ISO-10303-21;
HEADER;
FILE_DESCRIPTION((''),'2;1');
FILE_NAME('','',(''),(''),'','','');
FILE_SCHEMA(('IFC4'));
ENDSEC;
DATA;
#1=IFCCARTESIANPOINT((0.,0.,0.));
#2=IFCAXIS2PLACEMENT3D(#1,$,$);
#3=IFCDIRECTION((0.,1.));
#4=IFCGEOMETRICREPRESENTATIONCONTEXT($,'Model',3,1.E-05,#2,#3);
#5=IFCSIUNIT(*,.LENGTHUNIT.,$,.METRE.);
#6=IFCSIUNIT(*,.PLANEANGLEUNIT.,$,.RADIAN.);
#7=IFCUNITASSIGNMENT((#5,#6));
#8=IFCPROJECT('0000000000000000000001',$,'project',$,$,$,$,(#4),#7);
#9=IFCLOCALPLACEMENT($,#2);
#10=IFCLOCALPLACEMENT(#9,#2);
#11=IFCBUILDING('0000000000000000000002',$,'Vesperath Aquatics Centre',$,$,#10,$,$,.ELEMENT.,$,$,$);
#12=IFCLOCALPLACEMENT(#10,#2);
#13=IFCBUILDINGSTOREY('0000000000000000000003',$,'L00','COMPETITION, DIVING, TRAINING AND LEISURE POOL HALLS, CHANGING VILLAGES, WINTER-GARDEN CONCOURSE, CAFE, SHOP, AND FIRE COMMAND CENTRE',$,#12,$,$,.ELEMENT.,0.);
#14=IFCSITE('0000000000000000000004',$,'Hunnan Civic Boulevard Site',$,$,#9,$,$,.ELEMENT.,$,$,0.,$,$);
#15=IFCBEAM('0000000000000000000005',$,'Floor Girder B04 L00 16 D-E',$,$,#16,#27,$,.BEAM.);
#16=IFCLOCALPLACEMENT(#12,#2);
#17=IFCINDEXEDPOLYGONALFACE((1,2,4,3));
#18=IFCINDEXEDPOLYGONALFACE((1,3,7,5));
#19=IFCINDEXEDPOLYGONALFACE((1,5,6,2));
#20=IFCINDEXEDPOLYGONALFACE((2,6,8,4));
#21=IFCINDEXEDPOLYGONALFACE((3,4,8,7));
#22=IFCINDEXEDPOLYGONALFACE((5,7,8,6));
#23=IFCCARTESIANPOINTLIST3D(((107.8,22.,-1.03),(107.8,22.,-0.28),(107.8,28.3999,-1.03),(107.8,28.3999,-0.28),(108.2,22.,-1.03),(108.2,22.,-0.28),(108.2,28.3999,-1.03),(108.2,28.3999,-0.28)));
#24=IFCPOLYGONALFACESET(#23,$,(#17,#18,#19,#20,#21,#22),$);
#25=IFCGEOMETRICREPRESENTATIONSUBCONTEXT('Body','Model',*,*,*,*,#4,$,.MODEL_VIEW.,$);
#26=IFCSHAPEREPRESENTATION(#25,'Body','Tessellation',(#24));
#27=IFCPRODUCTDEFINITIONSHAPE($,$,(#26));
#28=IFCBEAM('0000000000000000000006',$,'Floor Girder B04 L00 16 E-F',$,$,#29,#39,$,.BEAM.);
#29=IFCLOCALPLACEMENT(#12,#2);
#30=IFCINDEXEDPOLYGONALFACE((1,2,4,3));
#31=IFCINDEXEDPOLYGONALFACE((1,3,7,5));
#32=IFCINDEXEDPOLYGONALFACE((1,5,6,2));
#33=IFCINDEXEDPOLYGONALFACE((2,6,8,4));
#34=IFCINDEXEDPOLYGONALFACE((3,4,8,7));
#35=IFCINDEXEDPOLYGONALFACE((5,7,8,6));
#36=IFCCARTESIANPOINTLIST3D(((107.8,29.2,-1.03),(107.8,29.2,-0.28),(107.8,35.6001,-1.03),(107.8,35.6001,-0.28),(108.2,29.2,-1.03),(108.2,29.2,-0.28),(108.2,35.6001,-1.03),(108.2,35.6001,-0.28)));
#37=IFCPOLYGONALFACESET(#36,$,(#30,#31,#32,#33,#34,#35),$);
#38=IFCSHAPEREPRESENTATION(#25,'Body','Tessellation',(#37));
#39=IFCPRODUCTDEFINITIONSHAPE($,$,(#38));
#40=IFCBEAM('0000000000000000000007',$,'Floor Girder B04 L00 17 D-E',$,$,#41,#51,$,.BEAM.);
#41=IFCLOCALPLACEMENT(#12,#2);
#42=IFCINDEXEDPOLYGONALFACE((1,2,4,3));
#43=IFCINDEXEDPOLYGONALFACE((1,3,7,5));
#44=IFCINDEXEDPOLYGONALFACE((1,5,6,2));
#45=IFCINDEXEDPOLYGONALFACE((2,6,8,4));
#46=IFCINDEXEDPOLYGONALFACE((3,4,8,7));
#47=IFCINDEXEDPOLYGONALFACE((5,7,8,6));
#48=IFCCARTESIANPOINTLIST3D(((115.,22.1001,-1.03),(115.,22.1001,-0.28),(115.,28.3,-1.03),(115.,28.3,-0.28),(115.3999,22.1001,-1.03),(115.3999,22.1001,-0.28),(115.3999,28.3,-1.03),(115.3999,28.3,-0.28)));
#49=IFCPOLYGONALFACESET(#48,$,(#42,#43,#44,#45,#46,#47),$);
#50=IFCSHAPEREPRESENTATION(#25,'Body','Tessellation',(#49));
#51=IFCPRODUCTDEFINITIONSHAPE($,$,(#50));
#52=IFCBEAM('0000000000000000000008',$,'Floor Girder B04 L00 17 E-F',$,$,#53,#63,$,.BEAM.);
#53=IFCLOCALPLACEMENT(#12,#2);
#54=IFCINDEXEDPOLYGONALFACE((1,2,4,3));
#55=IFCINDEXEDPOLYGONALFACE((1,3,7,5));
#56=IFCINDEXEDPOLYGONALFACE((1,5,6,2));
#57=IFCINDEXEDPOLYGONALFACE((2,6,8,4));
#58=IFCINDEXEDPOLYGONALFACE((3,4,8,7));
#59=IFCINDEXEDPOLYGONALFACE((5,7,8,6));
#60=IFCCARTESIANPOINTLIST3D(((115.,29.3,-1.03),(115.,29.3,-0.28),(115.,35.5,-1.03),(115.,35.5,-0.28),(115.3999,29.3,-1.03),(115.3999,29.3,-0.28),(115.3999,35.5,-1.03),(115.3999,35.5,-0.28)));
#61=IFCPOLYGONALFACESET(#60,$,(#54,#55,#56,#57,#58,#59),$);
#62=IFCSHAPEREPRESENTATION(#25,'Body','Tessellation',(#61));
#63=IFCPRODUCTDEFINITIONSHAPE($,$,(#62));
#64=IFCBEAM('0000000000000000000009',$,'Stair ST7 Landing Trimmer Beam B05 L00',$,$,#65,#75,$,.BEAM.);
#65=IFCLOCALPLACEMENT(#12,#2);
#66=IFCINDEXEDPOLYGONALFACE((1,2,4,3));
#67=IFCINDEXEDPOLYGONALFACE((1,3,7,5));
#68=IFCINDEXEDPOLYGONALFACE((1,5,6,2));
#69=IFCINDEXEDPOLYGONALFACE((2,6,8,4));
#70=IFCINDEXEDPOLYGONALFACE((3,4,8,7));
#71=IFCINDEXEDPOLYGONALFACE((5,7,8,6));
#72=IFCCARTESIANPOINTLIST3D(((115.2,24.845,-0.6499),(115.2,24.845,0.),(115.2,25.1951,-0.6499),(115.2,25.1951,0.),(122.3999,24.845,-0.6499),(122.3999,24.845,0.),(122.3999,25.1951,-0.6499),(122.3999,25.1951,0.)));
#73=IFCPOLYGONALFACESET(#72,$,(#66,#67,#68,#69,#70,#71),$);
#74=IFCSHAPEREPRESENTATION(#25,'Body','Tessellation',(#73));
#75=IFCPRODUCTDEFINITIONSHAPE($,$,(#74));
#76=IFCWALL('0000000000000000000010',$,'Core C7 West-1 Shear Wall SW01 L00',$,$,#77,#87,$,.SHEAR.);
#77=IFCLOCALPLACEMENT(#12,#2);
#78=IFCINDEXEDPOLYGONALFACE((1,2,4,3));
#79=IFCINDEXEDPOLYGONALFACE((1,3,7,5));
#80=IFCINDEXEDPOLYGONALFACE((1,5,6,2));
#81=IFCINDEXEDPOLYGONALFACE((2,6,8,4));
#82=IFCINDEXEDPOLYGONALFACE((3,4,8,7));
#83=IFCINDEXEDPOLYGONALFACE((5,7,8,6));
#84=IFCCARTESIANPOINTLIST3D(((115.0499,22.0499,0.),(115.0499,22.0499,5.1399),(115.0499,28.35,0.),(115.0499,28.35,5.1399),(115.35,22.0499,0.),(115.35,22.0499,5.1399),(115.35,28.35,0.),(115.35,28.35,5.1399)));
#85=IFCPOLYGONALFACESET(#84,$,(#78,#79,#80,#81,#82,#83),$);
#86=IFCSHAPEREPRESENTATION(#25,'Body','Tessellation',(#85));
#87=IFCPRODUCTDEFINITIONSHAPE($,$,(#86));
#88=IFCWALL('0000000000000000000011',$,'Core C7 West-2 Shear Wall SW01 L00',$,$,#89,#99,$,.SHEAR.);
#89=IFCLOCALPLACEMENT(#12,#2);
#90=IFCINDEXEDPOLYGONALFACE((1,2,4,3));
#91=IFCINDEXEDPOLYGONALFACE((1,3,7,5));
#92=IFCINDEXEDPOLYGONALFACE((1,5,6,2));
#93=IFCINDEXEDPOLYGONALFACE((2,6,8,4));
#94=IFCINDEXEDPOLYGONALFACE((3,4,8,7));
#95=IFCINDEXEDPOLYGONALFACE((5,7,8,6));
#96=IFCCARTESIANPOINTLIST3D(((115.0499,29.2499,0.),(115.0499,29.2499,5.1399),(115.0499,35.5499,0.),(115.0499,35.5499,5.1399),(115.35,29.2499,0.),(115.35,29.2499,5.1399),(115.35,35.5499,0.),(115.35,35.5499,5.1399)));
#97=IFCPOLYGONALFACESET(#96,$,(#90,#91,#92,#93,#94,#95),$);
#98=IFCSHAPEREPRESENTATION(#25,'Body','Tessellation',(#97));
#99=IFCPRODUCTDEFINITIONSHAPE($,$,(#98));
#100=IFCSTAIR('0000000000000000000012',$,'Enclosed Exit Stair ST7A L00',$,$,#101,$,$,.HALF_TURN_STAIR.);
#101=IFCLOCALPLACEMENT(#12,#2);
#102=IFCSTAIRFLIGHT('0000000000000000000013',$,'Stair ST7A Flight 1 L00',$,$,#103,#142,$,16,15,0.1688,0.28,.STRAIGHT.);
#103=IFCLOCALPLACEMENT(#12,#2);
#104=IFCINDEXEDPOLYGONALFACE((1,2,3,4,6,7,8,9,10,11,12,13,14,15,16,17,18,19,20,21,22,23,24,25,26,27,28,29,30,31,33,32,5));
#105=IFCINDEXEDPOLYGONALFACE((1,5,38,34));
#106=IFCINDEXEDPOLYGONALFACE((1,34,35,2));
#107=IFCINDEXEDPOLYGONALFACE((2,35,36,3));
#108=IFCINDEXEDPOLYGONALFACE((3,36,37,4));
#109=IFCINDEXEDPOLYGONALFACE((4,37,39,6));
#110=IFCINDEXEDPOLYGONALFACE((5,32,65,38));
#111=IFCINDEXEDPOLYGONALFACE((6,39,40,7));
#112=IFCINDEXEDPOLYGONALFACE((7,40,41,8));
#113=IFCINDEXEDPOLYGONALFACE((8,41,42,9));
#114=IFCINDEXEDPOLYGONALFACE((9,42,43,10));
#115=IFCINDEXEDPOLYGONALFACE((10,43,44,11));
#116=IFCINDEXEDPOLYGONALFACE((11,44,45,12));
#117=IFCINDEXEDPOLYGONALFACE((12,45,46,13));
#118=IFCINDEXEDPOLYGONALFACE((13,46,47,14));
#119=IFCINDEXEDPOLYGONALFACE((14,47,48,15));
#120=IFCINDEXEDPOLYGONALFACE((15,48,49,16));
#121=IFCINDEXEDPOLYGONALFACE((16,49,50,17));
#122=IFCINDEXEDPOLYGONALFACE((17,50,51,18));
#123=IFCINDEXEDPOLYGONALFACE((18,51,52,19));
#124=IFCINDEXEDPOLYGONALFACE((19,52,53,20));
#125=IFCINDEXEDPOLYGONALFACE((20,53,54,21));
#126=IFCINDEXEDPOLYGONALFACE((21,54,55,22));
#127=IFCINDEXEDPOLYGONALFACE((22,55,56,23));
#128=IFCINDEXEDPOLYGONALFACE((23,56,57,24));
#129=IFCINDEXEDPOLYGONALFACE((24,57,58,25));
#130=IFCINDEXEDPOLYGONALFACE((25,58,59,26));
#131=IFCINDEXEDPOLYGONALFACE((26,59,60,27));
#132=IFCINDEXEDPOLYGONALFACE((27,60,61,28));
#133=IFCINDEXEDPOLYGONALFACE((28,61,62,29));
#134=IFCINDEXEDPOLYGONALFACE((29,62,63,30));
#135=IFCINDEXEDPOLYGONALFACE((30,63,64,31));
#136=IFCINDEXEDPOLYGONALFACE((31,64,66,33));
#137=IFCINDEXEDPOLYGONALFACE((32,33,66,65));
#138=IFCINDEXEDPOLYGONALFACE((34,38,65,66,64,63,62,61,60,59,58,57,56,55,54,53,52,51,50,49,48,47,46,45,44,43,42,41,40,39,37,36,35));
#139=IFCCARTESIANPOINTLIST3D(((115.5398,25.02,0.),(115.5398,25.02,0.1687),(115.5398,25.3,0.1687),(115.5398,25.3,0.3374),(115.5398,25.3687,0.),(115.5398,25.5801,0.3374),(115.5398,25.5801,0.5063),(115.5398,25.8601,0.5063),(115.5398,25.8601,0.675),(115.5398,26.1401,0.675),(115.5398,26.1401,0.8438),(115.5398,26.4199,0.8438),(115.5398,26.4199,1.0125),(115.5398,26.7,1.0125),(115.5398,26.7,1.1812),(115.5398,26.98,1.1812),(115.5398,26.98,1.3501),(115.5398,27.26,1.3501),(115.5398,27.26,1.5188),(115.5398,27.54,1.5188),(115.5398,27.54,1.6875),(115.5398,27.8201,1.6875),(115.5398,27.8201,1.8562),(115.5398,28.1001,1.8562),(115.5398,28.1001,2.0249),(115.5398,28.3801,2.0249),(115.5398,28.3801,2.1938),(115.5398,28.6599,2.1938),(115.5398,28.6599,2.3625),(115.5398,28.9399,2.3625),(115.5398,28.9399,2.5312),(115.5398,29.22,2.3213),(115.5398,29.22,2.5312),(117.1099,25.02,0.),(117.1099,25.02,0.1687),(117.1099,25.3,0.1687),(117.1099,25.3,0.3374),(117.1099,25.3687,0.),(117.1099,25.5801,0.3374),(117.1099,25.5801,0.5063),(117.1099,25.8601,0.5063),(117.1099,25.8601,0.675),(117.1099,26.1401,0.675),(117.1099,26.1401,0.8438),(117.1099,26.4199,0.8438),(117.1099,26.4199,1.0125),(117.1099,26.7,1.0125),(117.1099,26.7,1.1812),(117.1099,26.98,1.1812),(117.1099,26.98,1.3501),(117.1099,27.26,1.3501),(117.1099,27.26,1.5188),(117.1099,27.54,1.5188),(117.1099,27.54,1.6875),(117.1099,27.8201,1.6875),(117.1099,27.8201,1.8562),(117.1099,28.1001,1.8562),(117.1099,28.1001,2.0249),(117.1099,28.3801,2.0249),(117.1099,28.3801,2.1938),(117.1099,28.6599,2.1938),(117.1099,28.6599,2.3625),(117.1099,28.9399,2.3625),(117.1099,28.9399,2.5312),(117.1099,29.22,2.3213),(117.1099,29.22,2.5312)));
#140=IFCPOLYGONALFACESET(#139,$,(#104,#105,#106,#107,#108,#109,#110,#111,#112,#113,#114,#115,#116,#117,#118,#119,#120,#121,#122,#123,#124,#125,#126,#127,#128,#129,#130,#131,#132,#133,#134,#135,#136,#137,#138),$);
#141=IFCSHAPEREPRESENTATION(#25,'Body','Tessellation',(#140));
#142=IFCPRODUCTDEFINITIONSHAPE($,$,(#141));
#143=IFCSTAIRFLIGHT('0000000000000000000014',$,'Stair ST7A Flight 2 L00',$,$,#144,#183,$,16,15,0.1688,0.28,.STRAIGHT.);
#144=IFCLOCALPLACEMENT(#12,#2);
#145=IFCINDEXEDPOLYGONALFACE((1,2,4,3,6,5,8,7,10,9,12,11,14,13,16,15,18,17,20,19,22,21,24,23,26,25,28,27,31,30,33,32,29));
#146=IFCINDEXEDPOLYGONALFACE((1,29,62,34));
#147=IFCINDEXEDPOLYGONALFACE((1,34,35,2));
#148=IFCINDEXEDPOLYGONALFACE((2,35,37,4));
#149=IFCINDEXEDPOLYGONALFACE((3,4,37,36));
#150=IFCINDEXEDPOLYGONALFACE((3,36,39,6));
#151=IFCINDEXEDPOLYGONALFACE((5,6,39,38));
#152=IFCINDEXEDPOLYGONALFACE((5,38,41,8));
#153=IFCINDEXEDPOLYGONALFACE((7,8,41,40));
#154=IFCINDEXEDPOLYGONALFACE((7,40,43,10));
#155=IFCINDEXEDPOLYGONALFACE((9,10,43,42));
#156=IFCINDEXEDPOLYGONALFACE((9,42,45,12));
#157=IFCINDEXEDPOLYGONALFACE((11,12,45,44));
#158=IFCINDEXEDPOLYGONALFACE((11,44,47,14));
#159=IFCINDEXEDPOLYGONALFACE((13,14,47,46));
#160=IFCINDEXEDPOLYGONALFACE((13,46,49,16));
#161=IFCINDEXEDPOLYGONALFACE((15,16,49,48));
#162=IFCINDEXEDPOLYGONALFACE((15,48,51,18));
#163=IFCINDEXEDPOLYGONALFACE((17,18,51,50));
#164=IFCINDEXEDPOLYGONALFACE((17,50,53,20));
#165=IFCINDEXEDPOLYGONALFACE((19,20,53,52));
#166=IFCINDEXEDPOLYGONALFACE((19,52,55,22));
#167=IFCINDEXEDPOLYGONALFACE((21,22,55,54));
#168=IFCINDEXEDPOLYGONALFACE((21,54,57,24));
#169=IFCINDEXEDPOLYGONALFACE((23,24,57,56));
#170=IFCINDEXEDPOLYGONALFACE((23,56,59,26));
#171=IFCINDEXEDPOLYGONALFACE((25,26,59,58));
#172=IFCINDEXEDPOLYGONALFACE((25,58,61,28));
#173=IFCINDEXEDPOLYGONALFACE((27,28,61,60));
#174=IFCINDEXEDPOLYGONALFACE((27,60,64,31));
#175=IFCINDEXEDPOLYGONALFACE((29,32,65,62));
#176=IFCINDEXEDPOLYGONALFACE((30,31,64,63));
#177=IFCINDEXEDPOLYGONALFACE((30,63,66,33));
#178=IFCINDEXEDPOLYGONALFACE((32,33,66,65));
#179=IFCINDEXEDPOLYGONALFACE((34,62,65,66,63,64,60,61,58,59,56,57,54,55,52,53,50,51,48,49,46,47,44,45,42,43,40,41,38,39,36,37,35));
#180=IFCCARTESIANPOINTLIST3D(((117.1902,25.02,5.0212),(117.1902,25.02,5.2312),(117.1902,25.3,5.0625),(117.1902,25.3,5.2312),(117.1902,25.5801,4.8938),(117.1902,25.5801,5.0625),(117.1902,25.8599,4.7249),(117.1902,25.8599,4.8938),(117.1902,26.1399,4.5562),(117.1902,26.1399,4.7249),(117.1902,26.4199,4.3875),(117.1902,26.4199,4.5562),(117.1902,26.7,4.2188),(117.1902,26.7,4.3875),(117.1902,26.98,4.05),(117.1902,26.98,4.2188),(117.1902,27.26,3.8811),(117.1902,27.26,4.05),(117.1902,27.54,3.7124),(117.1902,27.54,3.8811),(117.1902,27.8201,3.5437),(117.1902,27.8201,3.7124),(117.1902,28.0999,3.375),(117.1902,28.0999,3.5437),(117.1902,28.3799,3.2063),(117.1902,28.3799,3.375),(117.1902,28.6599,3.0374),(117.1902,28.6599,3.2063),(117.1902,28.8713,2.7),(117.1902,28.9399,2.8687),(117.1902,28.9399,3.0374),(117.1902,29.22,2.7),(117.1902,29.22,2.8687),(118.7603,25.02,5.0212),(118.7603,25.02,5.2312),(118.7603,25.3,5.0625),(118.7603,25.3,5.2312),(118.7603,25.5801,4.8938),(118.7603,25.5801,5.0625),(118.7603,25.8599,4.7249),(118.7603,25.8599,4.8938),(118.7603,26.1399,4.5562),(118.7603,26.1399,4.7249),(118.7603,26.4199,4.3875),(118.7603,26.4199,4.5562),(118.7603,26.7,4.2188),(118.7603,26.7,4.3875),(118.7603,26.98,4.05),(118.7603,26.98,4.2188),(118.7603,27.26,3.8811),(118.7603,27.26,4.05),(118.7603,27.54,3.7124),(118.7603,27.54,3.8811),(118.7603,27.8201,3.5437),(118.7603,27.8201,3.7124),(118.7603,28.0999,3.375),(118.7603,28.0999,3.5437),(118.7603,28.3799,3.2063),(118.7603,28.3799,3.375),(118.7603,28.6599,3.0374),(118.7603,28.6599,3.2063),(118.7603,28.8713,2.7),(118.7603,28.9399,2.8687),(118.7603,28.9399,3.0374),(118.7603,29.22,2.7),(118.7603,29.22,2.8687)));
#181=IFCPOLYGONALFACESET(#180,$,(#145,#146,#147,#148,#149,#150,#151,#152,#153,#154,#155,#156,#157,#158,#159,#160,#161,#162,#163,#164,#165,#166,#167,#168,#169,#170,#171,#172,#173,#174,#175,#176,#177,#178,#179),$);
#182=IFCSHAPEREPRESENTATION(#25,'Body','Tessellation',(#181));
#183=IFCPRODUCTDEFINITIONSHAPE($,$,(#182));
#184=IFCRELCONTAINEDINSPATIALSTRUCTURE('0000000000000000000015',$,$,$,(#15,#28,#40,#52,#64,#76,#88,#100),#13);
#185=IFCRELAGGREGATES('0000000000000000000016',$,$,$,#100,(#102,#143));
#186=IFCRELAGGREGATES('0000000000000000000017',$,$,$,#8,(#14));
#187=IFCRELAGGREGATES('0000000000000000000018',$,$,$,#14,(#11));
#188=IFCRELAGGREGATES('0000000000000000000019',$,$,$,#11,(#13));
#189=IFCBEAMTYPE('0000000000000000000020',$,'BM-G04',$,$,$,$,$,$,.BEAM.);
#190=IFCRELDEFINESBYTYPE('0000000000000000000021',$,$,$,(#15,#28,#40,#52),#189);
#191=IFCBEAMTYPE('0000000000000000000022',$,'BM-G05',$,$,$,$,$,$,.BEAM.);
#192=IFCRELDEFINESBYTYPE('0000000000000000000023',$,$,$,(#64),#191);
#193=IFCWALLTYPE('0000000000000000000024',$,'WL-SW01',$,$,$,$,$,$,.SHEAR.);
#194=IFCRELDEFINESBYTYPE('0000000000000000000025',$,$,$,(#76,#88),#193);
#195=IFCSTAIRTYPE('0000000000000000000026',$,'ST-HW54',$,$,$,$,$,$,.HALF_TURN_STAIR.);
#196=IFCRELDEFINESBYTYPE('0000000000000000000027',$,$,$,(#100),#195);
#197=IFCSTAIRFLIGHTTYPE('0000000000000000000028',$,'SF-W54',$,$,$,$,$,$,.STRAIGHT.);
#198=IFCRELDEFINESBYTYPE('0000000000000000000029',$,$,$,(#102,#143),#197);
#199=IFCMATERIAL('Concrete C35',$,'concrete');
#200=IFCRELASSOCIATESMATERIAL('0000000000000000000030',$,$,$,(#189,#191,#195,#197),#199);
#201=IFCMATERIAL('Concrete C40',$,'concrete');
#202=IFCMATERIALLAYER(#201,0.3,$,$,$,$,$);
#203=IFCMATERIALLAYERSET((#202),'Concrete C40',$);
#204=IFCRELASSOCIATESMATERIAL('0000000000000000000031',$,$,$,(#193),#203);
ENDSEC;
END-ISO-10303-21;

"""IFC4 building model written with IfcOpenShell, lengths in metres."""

from ifc_helpers import new_model, si_unit, direction, frame, frame_2d, origin, origin_2d, place, context, subcontext, project, spatial, polyline, rectangle, outline, extrude, material, layer, layer_set, material_profile, profile_set, type_object, element, aggregate, save


model = new_model("IFC4")

# Units and contexts
model_context = context("Model", 3, precision=1e-05, world=origin(), true_north=direction((0.0, 1.0)))
body_context = subcontext(model_context, "Body", "Model", "MODEL_VIEW")
ifc_project = project(units=[si_unit("LENGTHUNIT", "METRE"), si_unit("PLANEANGLEUNIT", "RADIAN")], contexts=[model_context])

# Site, building, storey
site_placement = place(None, origin())
site = spatial("IfcSite", under=ifc_project, at=site_placement, Name="Hunnan Civic Boulevard Site", CompositionType="ELEMENT", RefElevation=0.0)
building_placement = place(site_placement, origin())
building = spatial("IfcBuilding", under=site, at=building_placement, Name="Vesperath Aquatics Centre", CompositionType="ELEMENT")
storey_placement = place(building_placement, origin())
storey = spatial("IfcBuildingStorey", under=building, at=storey_placement, Name="L00", Description="COMPETITION, DIVING, TRAINING AND LEISURE POOL HALLS, CHANGING VILLAGES, WINTER-GARDEN CONCOURSE, CAFE, SHOP, AND FIRE COMMAND CENTRE", CompositionType="ELEMENT", Elevation=0.0)

# Shared definitions
ifc_material_1 = material(Name="Concrete C40", Category="concrete")

# Beams
ifc_material_2 = material(Name="Concrete C35", Category="concrete")
ifc_material_profile_1 = material_profile(ifc_material_2, rectangle(XDim=0.3999, YDim=0.75, at=origin_2d()), Name="RC 400x750")
ifc_profile_set_1 = profile_set([ifc_material_profile_1], Name="Concrete C35")
beam_type_1 = type_object("IfcBeamType", Name="BM-G04", PredefinedType="BEAM", material=ifc_profile_set_1)
beam_1_placement = place(storey_placement, frame((108.0, 22.0, -0.655), z_axis=(0.0, 1.0, 0.0), x_axis=(-1.0, 0.0, 0.0)))
element("IfcBeam", 1, at=beam_1_placement, inside=storey, type_object=beam_type_1, Name="Floor Girder B04 L00 16 D-E", PredefinedType="BEAM", context=body_context, shape_type="SweptSolid", body=[
    extrude(rectangle(XDim=0.3999, YDim=0.75, at=origin_2d()), origin(), (0.0, 0.0, 1.0), 6.3999),
])
beam_2_placement = place(storey_placement, frame((108.0, 29.2, -0.655), z_axis=(0.0, 1.0, 0.0), x_axis=(-1.0, 0.0, 0.0)))
element("IfcBeam", 2, at=beam_2_placement, inside=storey, type_object=beam_type_1, Name="Floor Girder B04 L00 16 E-F", PredefinedType="BEAM", context=body_context, shape_type="SweptSolid", body=[
    extrude(rectangle(XDim=0.3999, YDim=0.75, at=origin_2d()), origin(), (0.0, 0.0, 1.0), 6.4001),
])
for number, where, z_axis, x_axis, name in (
    (3, (115.2, 22.1001, -0.655), (0.0, 1.0, 0.0), (-1.0, 0.0, 0.0), "Floor Girder B04 L00 17 D-E"),
    (4, (115.2, 29.3, -0.655), (0.0, 1.0, 0.0), (-1.0, 0.0, 0.0), "Floor Girder B04 L00 17 E-F"),
):
    element("IfcBeam", number, at=place(storey_placement, frame(where, z_axis=z_axis, x_axis=x_axis)), inside=storey, type_object=beam_type_1, Name=name, PredefinedType="BEAM", context=body_context, shape_type="SweptSolid", body=[
        extrude(rectangle(XDim=0.3999, YDim=0.75, at=origin_2d()), origin(), (0.0, 0.0, 1.0), 6.2),
    ])
ifc_material_profile_2 = material_profile(ifc_material_2, rectangle(XDim=0.3501, YDim=0.6499, at=origin_2d()), Name="RC 350x650")
ifc_profile_set_2 = profile_set([ifc_material_profile_2], Name="Concrete C35")
beam_type_2 = type_object("IfcBeamType", Name="BM-G05", PredefinedType="BEAM", material=ifc_profile_set_2)
beam_3_placement = place(storey_placement, frame((115.2, 25.02, -0.325), z_axis=(1.0, 0.0, 0.0), x_axis=(0.0, 1.0, 0.0)))
element("IfcBeam", 5, at=beam_3_placement, inside=storey, type_object=beam_type_2, Name="Stair ST7 Landing Trimmer Beam B05 L00", PredefinedType="BEAM", context=body_context, shape_type="SweptSolid", body=[
    extrude(rectangle(XDim=0.3501, YDim=0.6499, at=origin_2d()), origin(), (0.0, 0.0, 1.0), 7.2),
])

# Walls
ifc_layer = layer(ifc_material_1, 0.3)
ifc_layer_set = layer_set([ifc_layer], Name="Concrete C40")
wall_type = type_object("IfcWallType", Name="WL-SW01", PredefinedType="SHEAR", material=ifc_layer_set)
for number, where, z_axis, x_axis, name in (
    (6, (115.2, 22.05, 0.0), (0.0, 0.0, 1.0), (0.0, 1.0, 0.0), "Core C7 West-1 Shear Wall SW01 L00"),
    (7, (115.2, 29.25, 0.0), (0.0, 0.0, 1.0), (0.0, 1.0, 0.0), "Core C7 West-2 Shear Wall SW01 L00"),
):
    element("IfcWall", number, at=place(storey_placement, frame(where, z_axis=z_axis, x_axis=x_axis)), inside=storey, type_object=wall_type, Name=name, PredefinedType="SHEAR", context=body_context, shape_type="SweptSolid", body=[
        extrude(rectangle(XDim=6.3, YDim=0.3, at=frame_2d((3.1499, 0.0))), origin(), (0.0, 0.0, 1.0), 5.1399),
    ])

# Stair, stair flights
stair_type = type_object("IfcStairType", Name="ST-HW54", PredefinedType="HALF_TURN_STAIR", material=ifc_material_2)
stair_placement = place(storey_placement, origin())
stair = element("IfcStair", 8, at=stair_placement, inside=storey, type_object=stair_type, Name="Enclosed Exit Stair ST7A L00", PredefinedType="HALF_TURN_STAIR")
stair_flight_type = type_object("IfcStairFlightType", Name="SF-W54", PredefinedType="STRAIGHT", material=ifc_material_2)
stair_flight_1_placement = place(storey_placement, frame((116.325, 25.02, 0.0), z_axis=(0.0, 0.0, 1.0), x_axis=(0.0, 1.0, 0.0)))
stair_flight_1 = element("IfcStairFlight", 9, at=stair_flight_1_placement, type_object=stair_flight_type, Name="Stair ST7A Flight 1 L00", NumberOfRisers=16, NumberOfTreads=15, PredefinedType="STRAIGHT", RiserHeight=0.1688, TreadLength=0.28, context=body_context, shape_type="SweptSolid", body=[
    extrude(outline(polyline([(0.0, 0.0), (0.0, 0.1687), (0.28, 0.1687), (0.28, 0.3374), (0.5601, 0.3374), (0.5601, 0.5063), (0.8401, 0.5063), (0.8401, 0.675), (1.1201, 0.675), (1.1201, 0.8438), (1.3999, 0.8438), (1.3999, 1.0125), (1.6799, 1.0125), (1.6799, 1.1812), (1.96, 1.1812), (1.96, 1.3501), (2.24, 1.3501), (2.24, 1.5188), (2.52, 1.5188), (2.52, 1.6875), (2.8, 1.6875), (2.8, 1.8562), (3.0801, 1.8562), (3.0801, 2.0249), (3.3601, 2.0249), (3.3601, 2.1938), (3.6399, 2.1938), (3.6399, 2.3625), (3.9199, 2.3625), (3.9199, 2.5312), (4.2, 2.5312), (4.2, 2.7), (4.2, 2.3213), (0.3486, 0.0), (0.0, 0.0)])), frame((0.0, 0.7852, 0.0), z_axis=(0.0, -1.0, 0.0), x_axis=(1.0, 0.0, 0.0)), (0.0, 0.0, 1.0), 1.5701),
])
stair_flight_2_placement = place(storey_placement, frame((117.9751, 29.22, 2.7), z_axis=(0.0, 0.0, 1.0), x_axis=(0.0, -1.0, 0.0)))
stair_flight_2 = element("IfcStairFlight", 10, at=stair_flight_2_placement, type_object=stair_flight_type, Name="Stair ST7A Flight 2 L00", NumberOfRisers=16, NumberOfTreads=15, PredefinedType="STRAIGHT", RiserHeight=0.1688, TreadLength=0.28, context=body_context, shape_type="SweptSolid", body=[
    extrude(outline(polyline([(0.0, 0.0), (0.0, 0.1687), (0.28, 0.1687), (0.28, 0.3374), (0.5601, 0.3374), (0.5601, 0.5063), (0.8401, 0.5063), (0.8401, 0.675), (1.1201, 0.675), (1.1201, 0.8438), (1.3999, 0.8438), (1.3999, 1.0125), (1.6799, 1.0125), (1.6799, 1.1812), (1.96, 1.1812), (1.96, 1.3501), (2.24, 1.3501), (2.24, 1.5188), (2.52, 1.5188), (2.52, 1.6875), (2.8, 1.6875), (2.8, 1.8562), (3.0801, 1.8562), (3.0801, 2.0249), (3.3601, 2.0249), (3.3601, 2.1938), (3.6399, 2.1938), (3.6399, 2.3625), (3.9199, 2.3625), (3.9199, 2.5312), (4.2, 2.5312), (4.2, 2.7), (4.2, 2.3213), (0.3486, 0.0), (0.0, 0.0)])), frame((0.0, 0.7852, 0.0), z_axis=(0.0, -1.0, 0.0), x_axis=(1.0, 0.0, 0.0)), (0.0, 0.0, 1.0), 1.5701),
])
aggregate(stair, [stair_flight_1, stair_flight_2])

save(model, "model.ifc")
